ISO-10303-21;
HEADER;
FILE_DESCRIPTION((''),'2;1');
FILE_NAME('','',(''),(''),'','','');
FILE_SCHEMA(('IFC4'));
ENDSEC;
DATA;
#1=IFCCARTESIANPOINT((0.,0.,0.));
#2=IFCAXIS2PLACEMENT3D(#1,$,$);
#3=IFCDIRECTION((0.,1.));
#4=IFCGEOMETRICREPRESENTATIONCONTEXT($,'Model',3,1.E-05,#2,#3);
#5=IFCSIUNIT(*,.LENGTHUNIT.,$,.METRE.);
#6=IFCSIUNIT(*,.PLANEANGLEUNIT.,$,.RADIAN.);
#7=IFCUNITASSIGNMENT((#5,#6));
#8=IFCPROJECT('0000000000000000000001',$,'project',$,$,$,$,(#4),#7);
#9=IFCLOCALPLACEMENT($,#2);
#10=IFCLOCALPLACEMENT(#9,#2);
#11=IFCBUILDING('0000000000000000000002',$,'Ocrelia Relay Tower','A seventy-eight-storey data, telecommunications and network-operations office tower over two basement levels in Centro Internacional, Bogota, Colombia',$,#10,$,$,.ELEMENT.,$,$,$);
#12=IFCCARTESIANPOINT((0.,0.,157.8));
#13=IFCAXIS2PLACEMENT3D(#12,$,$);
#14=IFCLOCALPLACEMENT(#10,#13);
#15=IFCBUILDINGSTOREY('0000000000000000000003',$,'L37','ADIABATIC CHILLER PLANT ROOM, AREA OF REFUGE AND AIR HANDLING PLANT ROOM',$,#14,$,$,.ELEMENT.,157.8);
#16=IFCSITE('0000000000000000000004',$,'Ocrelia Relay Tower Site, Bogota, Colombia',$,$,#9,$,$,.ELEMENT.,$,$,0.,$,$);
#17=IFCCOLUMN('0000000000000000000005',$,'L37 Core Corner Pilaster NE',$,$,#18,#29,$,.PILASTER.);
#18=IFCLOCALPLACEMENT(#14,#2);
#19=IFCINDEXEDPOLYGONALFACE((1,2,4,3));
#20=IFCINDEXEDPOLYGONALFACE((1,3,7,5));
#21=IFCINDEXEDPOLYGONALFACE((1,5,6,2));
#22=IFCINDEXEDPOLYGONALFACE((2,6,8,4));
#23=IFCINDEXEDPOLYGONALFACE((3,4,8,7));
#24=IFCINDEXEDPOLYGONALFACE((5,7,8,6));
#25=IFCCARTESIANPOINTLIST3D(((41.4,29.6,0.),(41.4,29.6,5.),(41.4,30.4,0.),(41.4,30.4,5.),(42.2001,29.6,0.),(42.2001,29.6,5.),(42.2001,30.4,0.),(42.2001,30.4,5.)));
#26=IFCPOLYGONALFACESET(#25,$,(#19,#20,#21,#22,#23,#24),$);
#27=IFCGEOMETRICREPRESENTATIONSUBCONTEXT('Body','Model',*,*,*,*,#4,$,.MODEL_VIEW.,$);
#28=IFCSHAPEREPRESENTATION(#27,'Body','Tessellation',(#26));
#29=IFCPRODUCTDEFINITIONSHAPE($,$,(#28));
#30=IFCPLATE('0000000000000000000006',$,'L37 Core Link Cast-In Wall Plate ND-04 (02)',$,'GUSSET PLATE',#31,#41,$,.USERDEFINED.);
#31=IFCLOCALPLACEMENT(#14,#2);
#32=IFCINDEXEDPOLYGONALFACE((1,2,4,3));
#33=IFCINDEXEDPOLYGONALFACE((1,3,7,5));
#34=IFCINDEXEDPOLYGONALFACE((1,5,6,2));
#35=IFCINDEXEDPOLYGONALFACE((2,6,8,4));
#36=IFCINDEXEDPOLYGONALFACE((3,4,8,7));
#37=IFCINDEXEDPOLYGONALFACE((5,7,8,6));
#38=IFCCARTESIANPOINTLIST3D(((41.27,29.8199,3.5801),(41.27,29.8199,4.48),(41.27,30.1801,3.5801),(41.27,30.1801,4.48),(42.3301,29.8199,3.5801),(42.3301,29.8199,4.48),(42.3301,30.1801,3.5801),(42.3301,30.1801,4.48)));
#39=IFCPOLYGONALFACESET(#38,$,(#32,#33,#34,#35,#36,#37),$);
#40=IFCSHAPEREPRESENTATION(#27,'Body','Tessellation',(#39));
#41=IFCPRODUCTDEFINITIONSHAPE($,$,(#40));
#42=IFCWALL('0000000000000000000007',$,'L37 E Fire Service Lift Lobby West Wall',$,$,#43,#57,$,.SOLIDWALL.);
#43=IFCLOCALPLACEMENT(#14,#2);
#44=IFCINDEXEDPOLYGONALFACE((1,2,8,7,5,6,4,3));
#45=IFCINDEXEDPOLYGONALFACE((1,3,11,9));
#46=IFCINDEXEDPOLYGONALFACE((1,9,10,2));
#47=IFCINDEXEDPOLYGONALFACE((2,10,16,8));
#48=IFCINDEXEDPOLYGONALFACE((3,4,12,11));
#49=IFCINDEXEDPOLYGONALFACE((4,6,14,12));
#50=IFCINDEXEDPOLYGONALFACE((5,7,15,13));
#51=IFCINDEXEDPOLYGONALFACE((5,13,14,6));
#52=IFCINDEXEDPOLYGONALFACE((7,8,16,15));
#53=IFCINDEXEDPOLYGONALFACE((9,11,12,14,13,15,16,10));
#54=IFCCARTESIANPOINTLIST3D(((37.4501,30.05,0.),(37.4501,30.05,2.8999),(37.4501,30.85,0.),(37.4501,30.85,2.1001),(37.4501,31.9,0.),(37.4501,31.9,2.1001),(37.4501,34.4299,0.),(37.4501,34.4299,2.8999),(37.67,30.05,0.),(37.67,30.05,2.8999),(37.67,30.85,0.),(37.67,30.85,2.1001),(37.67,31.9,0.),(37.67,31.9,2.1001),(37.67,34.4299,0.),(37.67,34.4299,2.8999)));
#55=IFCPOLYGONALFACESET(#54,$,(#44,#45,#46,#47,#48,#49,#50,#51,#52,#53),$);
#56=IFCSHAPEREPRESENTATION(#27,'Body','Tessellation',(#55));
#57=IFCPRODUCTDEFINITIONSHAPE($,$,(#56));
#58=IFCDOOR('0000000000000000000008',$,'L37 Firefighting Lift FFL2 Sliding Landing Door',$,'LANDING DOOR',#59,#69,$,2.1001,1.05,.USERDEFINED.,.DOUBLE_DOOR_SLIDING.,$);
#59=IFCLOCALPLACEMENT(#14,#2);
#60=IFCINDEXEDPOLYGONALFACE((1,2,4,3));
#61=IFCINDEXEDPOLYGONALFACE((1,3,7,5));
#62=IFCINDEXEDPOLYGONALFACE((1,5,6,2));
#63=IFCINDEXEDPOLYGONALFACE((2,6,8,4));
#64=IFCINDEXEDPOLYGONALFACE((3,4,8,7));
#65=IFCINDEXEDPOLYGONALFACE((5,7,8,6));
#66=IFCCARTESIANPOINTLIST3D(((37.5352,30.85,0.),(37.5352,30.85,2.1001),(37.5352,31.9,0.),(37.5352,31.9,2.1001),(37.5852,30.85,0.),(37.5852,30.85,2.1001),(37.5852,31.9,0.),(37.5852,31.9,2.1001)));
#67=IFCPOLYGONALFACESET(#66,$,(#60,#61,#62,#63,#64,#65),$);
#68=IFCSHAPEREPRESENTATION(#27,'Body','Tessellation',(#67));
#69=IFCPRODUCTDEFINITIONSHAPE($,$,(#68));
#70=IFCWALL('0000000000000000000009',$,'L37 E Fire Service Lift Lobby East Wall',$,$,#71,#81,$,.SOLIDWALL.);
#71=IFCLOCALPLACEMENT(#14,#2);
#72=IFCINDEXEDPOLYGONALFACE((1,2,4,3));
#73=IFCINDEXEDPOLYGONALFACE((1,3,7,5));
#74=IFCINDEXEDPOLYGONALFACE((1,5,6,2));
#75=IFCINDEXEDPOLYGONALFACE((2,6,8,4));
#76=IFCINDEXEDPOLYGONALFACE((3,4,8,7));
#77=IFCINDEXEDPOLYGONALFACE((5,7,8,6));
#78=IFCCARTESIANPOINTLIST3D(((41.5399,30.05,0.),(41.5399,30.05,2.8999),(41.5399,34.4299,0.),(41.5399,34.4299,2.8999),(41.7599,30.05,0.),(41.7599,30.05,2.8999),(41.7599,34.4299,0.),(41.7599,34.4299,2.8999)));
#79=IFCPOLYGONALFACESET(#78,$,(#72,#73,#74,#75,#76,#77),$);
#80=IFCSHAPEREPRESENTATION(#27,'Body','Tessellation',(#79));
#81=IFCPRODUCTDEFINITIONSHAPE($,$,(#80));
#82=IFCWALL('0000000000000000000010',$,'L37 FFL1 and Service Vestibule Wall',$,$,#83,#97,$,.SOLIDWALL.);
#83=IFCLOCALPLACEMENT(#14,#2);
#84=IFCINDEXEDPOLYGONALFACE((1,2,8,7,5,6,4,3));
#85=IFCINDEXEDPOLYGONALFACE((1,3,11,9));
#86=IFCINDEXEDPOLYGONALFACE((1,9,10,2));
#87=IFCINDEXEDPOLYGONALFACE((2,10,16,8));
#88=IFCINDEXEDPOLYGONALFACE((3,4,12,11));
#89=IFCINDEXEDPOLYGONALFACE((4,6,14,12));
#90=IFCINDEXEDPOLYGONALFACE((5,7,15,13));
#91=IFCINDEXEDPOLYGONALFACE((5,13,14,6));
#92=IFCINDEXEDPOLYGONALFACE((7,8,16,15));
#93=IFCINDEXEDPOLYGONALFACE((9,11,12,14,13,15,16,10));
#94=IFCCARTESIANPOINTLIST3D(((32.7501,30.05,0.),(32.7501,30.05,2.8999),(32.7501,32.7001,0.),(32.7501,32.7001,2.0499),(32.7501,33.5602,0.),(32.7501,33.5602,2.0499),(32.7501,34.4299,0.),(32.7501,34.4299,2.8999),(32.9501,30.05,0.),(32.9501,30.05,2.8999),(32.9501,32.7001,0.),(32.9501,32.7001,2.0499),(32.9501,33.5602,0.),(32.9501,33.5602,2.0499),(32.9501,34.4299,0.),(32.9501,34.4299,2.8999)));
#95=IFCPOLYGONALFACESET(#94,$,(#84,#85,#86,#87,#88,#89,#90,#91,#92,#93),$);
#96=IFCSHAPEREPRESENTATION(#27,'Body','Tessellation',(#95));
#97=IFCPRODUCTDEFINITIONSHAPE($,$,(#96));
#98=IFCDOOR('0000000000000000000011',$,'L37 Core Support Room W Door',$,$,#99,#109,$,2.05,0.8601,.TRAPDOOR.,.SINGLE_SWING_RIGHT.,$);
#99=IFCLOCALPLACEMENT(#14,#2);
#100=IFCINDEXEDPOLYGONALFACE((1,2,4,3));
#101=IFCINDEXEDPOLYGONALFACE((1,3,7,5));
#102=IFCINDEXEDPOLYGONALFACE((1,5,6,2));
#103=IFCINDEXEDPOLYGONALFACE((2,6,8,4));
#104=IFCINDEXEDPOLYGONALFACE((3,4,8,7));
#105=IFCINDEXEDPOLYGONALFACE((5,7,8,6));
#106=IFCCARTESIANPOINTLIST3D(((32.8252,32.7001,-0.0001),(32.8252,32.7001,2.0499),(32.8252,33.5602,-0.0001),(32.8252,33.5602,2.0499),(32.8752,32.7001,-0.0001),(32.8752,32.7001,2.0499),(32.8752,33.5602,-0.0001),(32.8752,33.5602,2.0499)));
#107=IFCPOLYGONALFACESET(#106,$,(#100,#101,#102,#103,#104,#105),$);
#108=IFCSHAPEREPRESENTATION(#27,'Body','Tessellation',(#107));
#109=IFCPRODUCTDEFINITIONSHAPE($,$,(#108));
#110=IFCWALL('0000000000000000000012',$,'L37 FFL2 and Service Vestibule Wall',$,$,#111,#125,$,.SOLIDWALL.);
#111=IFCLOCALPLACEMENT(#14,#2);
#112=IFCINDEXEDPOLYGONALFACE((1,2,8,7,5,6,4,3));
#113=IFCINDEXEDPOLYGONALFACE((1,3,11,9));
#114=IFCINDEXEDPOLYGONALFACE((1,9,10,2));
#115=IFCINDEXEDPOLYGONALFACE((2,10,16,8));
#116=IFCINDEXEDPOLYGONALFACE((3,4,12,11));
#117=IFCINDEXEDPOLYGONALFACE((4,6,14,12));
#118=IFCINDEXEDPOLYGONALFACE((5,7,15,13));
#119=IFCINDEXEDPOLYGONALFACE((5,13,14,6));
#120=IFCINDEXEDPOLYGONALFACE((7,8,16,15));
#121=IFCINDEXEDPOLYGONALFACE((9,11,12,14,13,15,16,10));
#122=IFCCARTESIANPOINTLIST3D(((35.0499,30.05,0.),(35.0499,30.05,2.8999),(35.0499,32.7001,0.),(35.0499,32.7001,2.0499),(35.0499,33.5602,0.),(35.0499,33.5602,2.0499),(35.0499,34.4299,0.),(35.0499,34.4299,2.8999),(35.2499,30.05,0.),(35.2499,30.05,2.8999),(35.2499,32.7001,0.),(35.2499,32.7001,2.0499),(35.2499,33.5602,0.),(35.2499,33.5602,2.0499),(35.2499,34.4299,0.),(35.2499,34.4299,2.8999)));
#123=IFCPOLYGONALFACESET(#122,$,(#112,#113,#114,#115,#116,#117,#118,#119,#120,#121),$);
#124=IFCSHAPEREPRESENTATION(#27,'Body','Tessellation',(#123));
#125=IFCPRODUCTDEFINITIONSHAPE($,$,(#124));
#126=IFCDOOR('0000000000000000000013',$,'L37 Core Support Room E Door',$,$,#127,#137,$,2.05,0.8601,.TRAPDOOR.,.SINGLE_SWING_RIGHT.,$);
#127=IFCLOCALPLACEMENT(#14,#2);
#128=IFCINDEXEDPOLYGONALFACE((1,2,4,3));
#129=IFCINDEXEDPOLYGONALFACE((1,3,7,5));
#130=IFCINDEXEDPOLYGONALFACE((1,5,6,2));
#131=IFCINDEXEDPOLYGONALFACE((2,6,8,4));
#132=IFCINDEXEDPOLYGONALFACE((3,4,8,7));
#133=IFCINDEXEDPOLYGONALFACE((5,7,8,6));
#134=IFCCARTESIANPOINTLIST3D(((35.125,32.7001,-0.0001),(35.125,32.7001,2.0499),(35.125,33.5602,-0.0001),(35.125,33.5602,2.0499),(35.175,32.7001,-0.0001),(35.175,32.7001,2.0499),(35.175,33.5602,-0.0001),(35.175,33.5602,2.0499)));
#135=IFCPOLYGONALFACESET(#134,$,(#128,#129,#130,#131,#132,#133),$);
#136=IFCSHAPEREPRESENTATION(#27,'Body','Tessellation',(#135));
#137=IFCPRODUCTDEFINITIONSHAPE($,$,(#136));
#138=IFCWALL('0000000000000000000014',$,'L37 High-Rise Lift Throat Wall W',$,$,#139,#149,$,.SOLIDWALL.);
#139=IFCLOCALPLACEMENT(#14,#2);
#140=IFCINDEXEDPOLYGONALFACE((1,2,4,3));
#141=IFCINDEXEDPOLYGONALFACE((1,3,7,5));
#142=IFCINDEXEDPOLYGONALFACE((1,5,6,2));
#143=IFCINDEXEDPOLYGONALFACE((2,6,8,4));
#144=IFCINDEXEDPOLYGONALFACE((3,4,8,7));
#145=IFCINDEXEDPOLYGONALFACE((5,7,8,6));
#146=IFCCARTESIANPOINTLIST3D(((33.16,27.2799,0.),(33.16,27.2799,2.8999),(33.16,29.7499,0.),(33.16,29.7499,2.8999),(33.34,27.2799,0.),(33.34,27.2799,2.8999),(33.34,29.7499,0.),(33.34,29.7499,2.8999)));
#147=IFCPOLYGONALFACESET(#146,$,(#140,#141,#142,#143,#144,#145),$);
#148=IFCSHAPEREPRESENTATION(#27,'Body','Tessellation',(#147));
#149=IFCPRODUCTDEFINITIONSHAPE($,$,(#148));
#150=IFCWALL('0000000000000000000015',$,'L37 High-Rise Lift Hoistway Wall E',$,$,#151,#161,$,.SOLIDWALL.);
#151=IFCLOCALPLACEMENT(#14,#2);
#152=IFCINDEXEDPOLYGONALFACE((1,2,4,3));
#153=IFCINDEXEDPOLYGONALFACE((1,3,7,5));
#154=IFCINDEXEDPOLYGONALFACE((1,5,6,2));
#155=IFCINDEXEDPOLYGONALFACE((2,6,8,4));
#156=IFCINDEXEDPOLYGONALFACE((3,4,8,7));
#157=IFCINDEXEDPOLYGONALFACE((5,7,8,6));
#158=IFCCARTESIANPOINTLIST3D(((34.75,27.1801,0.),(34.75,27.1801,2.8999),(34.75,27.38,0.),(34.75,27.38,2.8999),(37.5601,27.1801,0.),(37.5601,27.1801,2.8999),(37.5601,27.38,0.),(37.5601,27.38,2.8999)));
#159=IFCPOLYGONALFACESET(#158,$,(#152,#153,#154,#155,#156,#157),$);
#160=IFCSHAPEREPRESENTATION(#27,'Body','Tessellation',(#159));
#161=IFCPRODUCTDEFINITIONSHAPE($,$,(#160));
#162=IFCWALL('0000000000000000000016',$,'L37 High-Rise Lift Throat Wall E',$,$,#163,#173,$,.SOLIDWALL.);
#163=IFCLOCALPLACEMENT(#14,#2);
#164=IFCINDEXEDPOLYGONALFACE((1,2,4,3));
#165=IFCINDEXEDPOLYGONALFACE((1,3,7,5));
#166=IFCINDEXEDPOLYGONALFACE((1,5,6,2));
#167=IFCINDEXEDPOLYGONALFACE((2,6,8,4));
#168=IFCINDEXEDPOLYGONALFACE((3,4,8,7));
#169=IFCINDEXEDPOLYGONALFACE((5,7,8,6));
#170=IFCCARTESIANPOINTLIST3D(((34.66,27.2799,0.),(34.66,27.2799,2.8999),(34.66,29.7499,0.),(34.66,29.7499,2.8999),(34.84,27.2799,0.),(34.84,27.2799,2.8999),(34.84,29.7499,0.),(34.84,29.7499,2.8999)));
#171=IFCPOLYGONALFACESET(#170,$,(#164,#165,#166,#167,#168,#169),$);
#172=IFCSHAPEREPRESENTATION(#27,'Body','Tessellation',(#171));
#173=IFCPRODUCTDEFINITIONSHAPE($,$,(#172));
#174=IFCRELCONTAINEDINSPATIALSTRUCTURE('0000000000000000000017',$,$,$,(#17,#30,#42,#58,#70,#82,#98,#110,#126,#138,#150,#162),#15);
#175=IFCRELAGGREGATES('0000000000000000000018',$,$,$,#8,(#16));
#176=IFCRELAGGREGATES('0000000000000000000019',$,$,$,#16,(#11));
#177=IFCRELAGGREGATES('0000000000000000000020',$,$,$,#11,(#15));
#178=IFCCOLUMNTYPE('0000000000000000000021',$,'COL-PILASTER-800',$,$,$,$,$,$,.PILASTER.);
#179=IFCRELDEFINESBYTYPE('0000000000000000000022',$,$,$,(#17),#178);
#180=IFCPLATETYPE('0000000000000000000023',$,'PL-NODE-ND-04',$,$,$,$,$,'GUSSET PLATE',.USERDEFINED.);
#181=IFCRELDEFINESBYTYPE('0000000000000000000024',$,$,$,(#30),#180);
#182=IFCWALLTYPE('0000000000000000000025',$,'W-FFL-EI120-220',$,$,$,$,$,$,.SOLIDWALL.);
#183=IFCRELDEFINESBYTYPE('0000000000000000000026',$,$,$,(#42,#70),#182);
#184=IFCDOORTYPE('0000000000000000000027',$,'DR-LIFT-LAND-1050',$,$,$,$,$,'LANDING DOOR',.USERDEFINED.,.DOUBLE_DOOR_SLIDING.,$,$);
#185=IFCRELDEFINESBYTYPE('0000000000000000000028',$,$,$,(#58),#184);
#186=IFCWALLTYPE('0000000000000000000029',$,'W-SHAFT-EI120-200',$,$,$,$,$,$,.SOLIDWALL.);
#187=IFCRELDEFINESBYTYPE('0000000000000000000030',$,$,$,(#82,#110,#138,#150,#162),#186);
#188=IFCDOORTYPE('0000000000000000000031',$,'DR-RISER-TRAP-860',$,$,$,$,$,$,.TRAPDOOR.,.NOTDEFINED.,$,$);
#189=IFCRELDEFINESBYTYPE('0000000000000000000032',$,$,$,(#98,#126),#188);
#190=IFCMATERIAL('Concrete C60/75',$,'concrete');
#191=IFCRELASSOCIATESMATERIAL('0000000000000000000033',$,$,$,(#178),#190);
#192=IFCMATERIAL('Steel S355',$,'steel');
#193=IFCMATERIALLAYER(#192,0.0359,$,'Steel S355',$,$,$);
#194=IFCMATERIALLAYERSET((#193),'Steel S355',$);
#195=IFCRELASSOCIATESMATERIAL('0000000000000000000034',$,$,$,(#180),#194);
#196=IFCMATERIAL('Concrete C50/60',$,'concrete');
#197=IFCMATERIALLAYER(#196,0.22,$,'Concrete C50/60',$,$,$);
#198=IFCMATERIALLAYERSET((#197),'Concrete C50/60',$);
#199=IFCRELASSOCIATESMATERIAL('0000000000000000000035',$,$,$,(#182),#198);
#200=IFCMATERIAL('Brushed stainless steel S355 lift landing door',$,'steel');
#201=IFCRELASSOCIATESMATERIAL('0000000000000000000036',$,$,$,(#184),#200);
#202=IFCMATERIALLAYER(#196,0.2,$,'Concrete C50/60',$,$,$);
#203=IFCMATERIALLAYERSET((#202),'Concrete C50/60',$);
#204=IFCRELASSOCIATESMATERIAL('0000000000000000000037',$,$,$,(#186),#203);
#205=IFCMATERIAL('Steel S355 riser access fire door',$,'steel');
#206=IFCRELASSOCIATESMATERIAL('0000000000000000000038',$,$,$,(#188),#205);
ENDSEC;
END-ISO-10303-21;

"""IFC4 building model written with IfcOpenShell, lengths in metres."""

from ifc_helpers import new_model, si_unit, direction, frame, frame_2d, origin, origin_2d, place, context, subcontext, project, spatial, rectangle, extrude, material, layer, layer_set, material_profile, profile_set, type_object, element, fill, save


model = new_model("IFC4")

# Units and contexts
model_context = context("Model", 3, precision=1e-05, world=origin(), true_north=direction((0.0, 1.0)))
body_context = subcontext(model_context, "Body", "Model", "MODEL_VIEW")
ifc_project = project(units=[si_unit("LENGTHUNIT", "METRE"), si_unit("PLANEANGLEUNIT", "RADIAN")], contexts=[model_context])

# Site, building, storey
site_placement = place(None, origin())
site = spatial("IfcSite", under=ifc_project, at=site_placement, Name="Ocrelia Relay Tower Site, Bogota, Colombia", CompositionType="ELEMENT", RefElevation=0.0)
building_placement = place(site_placement, origin())
building = spatial("IfcBuilding", under=site, at=building_placement, Name="Ocrelia Relay Tower", Description="A seventy-eight-storey data, telecommunications and network-operations office tower over two basement levels in Centro Internacional, Bogota, Colombia", CompositionType="ELEMENT")
storey_placement = place(building_placement, frame((0.0, 0.0, 157.8)))
storey = spatial("IfcBuildingStorey", under=building, at=storey_placement, Name="L37", Description="ADIABATIC CHILLER PLANT ROOM, AREA OF REFUGE AND AIR HANDLING PLANT ROOM", CompositionType="ELEMENT", Elevation=157.8)

# Column
ifc_material_1 = material(Name="Concrete C60/75", Category="concrete")
ifc_material_profile = material_profile(ifc_material_1, rectangle(XDim=0.8, YDim=0.8, at=origin_2d()), Name="RC-COL-800x800")
ifc_profile_set = profile_set([ifc_material_profile], Name="Concrete C60/75")
column_type = type_object("IfcColumnType", Name="COL-PILASTER-800", PredefinedType="PILASTER", material=ifc_profile_set)
column_placement = place(storey_placement, frame((41.8, 30.0, 0.0), z_axis=(0.0, 0.0, 1.0), x_axis=(1.0, 0.0, 0.0)))
element("IfcColumn", 1, at=column_placement, inside=storey, type_object=column_type, Name="L37 Core Corner Pilaster NE", PredefinedType="PILASTER", context=body_context, shape_type="SweptSolid", body=[
    extrude(rectangle(XDim=0.8, YDim=0.8, at=origin_2d()), origin(), (0.0, 0.0, 1.0), 5.0),
])

# Plate
ifc_material_2 = material(Name="Steel S355", Category="steel")
ifc_layer_1 = layer(ifc_material_2, 0.0359, Name="Steel S355")
ifc_layer_set_1 = layer_set([ifc_layer_1], Name="Steel S355")
plate_type = type_object("IfcPlateType", Name="PL-NODE-ND-04", ElementType="GUSSET PLATE", PredefinedType="USERDEFINED", material=ifc_layer_set_1)
plate_placement = place(storey_placement, frame((41.8, 30.0, 3.5801), z_axis=(0.0, 0.0, 1.0), x_axis=(1.0, 0.0, 0.0)))
element("IfcPlate", 2, at=plate_placement, inside=storey, type_object=plate_type, Name="L37 Core Link Cast-In Wall Plate ND-04 (02)", ObjectType="GUSSET PLATE", PredefinedType="USERDEFINED", context=body_context, shape_type="SweptSolid", body=[
    extrude(rectangle(XDim=1.0601, YDim=0.3601, at=origin_2d()), origin(), (0.0, 0.0, 1.0), 0.8999),
])

# Wall, opening, door
ifc_material_3 = material(Name="Concrete C50/60", Category="concrete")
ifc_layer_2 = layer(ifc_material_3, 0.22, Name="Concrete C50/60")
ifc_layer_set_2 = layer_set([ifc_layer_2], Name="Concrete C50/60")
wall_type_1 = type_object("IfcWallType", Name="W-FFL-EI120-220", PredefinedType="SOLIDWALL", material=ifc_layer_set_2)
wall_1_placement = place(storey_placement, frame((37.5601, 30.05, 0.0), z_axis=(0.0, 0.0, 1.0), x_axis=(0.0, 1.0, 0.0)))
wall_1 = element("IfcWall", 3, at=wall_1_placement, inside=storey, type_object=wall_type_1, Name="L37 E Fire Service Lift Lobby West Wall", PredefinedType="SOLIDWALL", context=body_context, shape_type="SweptSolid", body=[
    extrude(rectangle(XDim=4.3799, YDim=0.22, at=frame_2d((2.1899, 0.0))), origin(), (0.0, 0.0, 1.0), 2.8999),
])
opening_1_placement = place(wall_1_placement, frame((0.8, 0.0, 0.0)))
opening_1 = element("IfcOpeningElement", 4, at=opening_1_placement, cuts=wall_1, PredefinedType="OPENING", context=body_context, shape_type="SweptSolid", body=[
    extrude(rectangle(XDim=1.05, YDim=2.1001, at=frame_2d((0.5249, 1.05))), frame((0.0, 0.1201, 0.0), z_axis=(0.0, -1.0, 0.0), x_axis=(1.0, 0.0, 0.0)), (0.0, 0.0, 1.0), 0.24),
])
ifc_material_4 = material(Name="Brushed stainless steel S355 lift landing door", Category="steel")
door_type_1 = type_object("IfcDoorType", Name="DR-LIFT-LAND-1050", ElementType="LANDING DOOR", OperationType="DOUBLE_DOOR_SLIDING", PredefinedType="USERDEFINED", material=ifc_material_4)
door_1_placement = place(opening_1_placement, origin())
door_1 = element("IfcDoor", 5, at=door_1_placement, inside=storey, type_object=door_type_1, Name="L37 Firefighting Lift FFL2 Sliding Landing Door", ObjectType="LANDING DOOR", OperationType="DOUBLE_DOOR_SLIDING", OverallHeight=2.1001, OverallWidth=1.05, PredefinedType="USERDEFINED", context=body_context, shape_type="SweptSolid", body=[
    extrude(rectangle(XDim=1.05, YDim=2.1001, at=frame_2d((0.5249, 1.05))), frame((0.0, 0.0249, 0.0), z_axis=(0.0, -1.0, 0.0), x_axis=(1.0, 0.0, 0.0)), (0.0, 0.0, 1.0), 0.05),
])
fill(opening_1, door_1)

# Wall
wall_2_placement = place(storey_placement, frame((41.6499, 30.05, 0.0), z_axis=(0.0, 0.0, 1.0), x_axis=(0.0, 1.0, 0.0)))
element("IfcWall", 6, at=wall_2_placement, inside=storey, type_object=wall_type_1, Name="L37 E Fire Service Lift Lobby East Wall", PredefinedType="SOLIDWALL", context=body_context, shape_type="SweptSolid", body=[
    extrude(rectangle(XDim=4.3799, YDim=0.22, at=frame_2d((2.1899, 0.0))), origin(), (0.0, 0.0, 1.0), 2.8999),
])

# Walls, openings, doors
ifc_layer_3 = layer(ifc_material_3, 0.2, Name="Concrete C50/60")
ifc_layer_set_3 = layer_set([ifc_layer_3], Name="Concrete C50/60")
wall_type_2 = type_object("IfcWallType", Name="W-SHAFT-EI120-200", PredefinedType="SOLIDWALL", material=ifc_layer_set_3)
wall_3_placement = place(storey_placement, frame((32.8501, 30.05, 0.0), z_axis=(0.0, 0.0, 1.0), x_axis=(0.0, 1.0, 0.0)))
wall_3 = element("IfcWall", 7, at=wall_3_placement, inside=storey, type_object=wall_type_2, Name="L37 FFL1 and Service Vestibule Wall", PredefinedType="SOLIDWALL", context=body_context, shape_type="SweptSolid", body=[
    extrude(rectangle(XDim=4.3799, YDim=0.2, at=frame_2d((2.1899, 0.0))), origin(), (0.0, 0.0, 1.0), 2.8999),
])
opening_2_placement = place(wall_3_placement, frame((2.6499, 0.0, 0.0)))
opening_2 = element("IfcOpeningElement", 8, at=opening_2_placement, cuts=wall_3, PredefinedType="OPENING", context=body_context, shape_type="SweptSolid", body=[
    extrude(rectangle(XDim=0.8601, YDim=2.05, at=frame_2d((0.4302, 1.0249))), frame((0.0, 0.1099, 0.0), z_axis=(0.0, -1.0, 0.0), x_axis=(1.0, 0.0, 0.0)), (0.0, 0.0, 1.0), 0.22),
])
ifc_material_5 = material(Name="Steel S355 riser access fire door", Category="steel")
door_type_2 = type_object("IfcDoorType", Name="DR-RISER-TRAP-860", OperationType="NOTDEFINED", PredefinedType="TRAPDOOR", material=ifc_material_5)
door_2_placement = place(opening_2_placement, origin())
door_2 = element("IfcDoor", 9, at=door_2_placement, inside=storey, type_object=door_type_2, Name="L37 Core Support Room W Door", OperationType="SINGLE_SWING_RIGHT", OverallHeight=2.05, OverallWidth=0.8601, PredefinedType="TRAPDOOR", context=body_context, shape_type="SweptSolid", body=[
    extrude(rectangle(XDim=0.8601, YDim=2.05, at=frame_2d((0.4302, 1.0249))), frame((0.0, 0.0249, 0.0), z_axis=(0.0, -1.0, 0.0), x_axis=(1.0, 0.0, 0.0)), (0.0, 0.0, 1.0), 0.05),
])
fill(opening_2, door_2)
wall_4_placement = place(storey_placement, frame((35.1499, 30.05, 0.0), z_axis=(0.0, 0.0, 1.0), x_axis=(0.0, 1.0, 0.0)))
wall_4 = element("IfcWall", 10, at=wall_4_placement, inside=storey, type_object=wall_type_2, Name="L37 FFL2 and Service Vestibule Wall", PredefinedType="SOLIDWALL", context=body_context, shape_type="SweptSolid", body=[
    extrude(rectangle(XDim=4.3799, YDim=0.2, at=frame_2d((2.1899, 0.0))), origin(), (0.0, 0.0, 1.0), 2.8999),
])
opening_3_placement = place(wall_4_placement, frame((2.6499, 0.0, 0.0)))
opening_3 = element("IfcOpeningElement", 11, at=opening_3_placement, cuts=wall_4, PredefinedType="OPENING", context=body_context, shape_type="SweptSolid", body=[
    extrude(rectangle(XDim=0.8601, YDim=2.05, at=frame_2d((0.4302, 1.0249))), frame((0.0, 0.1099, 0.0), z_axis=(0.0, -1.0, 0.0), x_axis=(1.0, 0.0, 0.0)), (0.0, 0.0, 1.0), 0.22),
])
door_3_placement = place(opening_3_placement, origin())
door_3 = element("IfcDoor", 12, at=door_3_placement, inside=storey, type_object=door_type_2, Name="L37 Core Support Room E Door", OperationType="SINGLE_SWING_RIGHT", OverallHeight=2.05, OverallWidth=0.8601, PredefinedType="TRAPDOOR", context=body_context, shape_type="SweptSolid", body=[
    extrude(rectangle(XDim=0.8601, YDim=2.05, at=frame_2d((0.4302, 1.0249))), frame((0.0, 0.0249, 0.0), z_axis=(0.0, -1.0, 0.0), x_axis=(1.0, 0.0, 0.0)), (0.0, 0.0, 1.0), 0.05),
])
fill(opening_3, door_3)

# Walls
wall_5_placement = place(storey_placement, frame((33.25, 27.28, 0.0), z_axis=(0.0, 0.0, 1.0), x_axis=(0.0, 1.0, 0.0)))
element("IfcWall", 13, at=wall_5_placement, inside=storey, type_object=wall_type_2, Name="L37 High-Rise Lift Throat Wall W", PredefinedType="SOLIDWALL", context=body_context, shape_type="SweptSolid", body=[
    extrude(rectangle(XDim=2.47, YDim=0.1799, at=frame_2d((1.2349, 0.0))), origin(), (0.0, 0.0, 1.0), 2.8999),
])
wall_6_placement = place(storey_placement, frame((34.75, 27.28, 0.0), z_axis=(0.0, 0.0, 1.0), x_axis=(1.0, 0.0, 0.0)))
element("IfcWall", 14, at=wall_6_placement, inside=storey, type_object=wall_type_2, Name="L37 High-Rise Lift Hoistway Wall E", PredefinedType="SOLIDWALL", context=body_context, shape_type="SweptSolid", body=[
    extrude(rectangle(XDim=2.8101, YDim=0.2, at=frame_2d((1.405, 0.0))), origin(), (0.0, 0.0, 1.0), 2.8999),
])
wall_7_placement = place(storey_placement, frame((34.75, 27.28, 0.0), z_axis=(0.0, 0.0, 1.0), x_axis=(0.0, 1.0, 0.0)))
element("IfcWall", 15, at=wall_7_placement, inside=storey, type_object=wall_type_2, Name="L37 High-Rise Lift Throat Wall E", PredefinedType="SOLIDWALL", context=body_context, shape_type="SweptSolid", body=[
    extrude(rectangle(XDim=2.47, YDim=0.1799, at=frame_2d((1.2349, 0.0))), origin(), (0.0, 0.0, 1.0), 2.8999),
])

save(model, "model.ifc")
